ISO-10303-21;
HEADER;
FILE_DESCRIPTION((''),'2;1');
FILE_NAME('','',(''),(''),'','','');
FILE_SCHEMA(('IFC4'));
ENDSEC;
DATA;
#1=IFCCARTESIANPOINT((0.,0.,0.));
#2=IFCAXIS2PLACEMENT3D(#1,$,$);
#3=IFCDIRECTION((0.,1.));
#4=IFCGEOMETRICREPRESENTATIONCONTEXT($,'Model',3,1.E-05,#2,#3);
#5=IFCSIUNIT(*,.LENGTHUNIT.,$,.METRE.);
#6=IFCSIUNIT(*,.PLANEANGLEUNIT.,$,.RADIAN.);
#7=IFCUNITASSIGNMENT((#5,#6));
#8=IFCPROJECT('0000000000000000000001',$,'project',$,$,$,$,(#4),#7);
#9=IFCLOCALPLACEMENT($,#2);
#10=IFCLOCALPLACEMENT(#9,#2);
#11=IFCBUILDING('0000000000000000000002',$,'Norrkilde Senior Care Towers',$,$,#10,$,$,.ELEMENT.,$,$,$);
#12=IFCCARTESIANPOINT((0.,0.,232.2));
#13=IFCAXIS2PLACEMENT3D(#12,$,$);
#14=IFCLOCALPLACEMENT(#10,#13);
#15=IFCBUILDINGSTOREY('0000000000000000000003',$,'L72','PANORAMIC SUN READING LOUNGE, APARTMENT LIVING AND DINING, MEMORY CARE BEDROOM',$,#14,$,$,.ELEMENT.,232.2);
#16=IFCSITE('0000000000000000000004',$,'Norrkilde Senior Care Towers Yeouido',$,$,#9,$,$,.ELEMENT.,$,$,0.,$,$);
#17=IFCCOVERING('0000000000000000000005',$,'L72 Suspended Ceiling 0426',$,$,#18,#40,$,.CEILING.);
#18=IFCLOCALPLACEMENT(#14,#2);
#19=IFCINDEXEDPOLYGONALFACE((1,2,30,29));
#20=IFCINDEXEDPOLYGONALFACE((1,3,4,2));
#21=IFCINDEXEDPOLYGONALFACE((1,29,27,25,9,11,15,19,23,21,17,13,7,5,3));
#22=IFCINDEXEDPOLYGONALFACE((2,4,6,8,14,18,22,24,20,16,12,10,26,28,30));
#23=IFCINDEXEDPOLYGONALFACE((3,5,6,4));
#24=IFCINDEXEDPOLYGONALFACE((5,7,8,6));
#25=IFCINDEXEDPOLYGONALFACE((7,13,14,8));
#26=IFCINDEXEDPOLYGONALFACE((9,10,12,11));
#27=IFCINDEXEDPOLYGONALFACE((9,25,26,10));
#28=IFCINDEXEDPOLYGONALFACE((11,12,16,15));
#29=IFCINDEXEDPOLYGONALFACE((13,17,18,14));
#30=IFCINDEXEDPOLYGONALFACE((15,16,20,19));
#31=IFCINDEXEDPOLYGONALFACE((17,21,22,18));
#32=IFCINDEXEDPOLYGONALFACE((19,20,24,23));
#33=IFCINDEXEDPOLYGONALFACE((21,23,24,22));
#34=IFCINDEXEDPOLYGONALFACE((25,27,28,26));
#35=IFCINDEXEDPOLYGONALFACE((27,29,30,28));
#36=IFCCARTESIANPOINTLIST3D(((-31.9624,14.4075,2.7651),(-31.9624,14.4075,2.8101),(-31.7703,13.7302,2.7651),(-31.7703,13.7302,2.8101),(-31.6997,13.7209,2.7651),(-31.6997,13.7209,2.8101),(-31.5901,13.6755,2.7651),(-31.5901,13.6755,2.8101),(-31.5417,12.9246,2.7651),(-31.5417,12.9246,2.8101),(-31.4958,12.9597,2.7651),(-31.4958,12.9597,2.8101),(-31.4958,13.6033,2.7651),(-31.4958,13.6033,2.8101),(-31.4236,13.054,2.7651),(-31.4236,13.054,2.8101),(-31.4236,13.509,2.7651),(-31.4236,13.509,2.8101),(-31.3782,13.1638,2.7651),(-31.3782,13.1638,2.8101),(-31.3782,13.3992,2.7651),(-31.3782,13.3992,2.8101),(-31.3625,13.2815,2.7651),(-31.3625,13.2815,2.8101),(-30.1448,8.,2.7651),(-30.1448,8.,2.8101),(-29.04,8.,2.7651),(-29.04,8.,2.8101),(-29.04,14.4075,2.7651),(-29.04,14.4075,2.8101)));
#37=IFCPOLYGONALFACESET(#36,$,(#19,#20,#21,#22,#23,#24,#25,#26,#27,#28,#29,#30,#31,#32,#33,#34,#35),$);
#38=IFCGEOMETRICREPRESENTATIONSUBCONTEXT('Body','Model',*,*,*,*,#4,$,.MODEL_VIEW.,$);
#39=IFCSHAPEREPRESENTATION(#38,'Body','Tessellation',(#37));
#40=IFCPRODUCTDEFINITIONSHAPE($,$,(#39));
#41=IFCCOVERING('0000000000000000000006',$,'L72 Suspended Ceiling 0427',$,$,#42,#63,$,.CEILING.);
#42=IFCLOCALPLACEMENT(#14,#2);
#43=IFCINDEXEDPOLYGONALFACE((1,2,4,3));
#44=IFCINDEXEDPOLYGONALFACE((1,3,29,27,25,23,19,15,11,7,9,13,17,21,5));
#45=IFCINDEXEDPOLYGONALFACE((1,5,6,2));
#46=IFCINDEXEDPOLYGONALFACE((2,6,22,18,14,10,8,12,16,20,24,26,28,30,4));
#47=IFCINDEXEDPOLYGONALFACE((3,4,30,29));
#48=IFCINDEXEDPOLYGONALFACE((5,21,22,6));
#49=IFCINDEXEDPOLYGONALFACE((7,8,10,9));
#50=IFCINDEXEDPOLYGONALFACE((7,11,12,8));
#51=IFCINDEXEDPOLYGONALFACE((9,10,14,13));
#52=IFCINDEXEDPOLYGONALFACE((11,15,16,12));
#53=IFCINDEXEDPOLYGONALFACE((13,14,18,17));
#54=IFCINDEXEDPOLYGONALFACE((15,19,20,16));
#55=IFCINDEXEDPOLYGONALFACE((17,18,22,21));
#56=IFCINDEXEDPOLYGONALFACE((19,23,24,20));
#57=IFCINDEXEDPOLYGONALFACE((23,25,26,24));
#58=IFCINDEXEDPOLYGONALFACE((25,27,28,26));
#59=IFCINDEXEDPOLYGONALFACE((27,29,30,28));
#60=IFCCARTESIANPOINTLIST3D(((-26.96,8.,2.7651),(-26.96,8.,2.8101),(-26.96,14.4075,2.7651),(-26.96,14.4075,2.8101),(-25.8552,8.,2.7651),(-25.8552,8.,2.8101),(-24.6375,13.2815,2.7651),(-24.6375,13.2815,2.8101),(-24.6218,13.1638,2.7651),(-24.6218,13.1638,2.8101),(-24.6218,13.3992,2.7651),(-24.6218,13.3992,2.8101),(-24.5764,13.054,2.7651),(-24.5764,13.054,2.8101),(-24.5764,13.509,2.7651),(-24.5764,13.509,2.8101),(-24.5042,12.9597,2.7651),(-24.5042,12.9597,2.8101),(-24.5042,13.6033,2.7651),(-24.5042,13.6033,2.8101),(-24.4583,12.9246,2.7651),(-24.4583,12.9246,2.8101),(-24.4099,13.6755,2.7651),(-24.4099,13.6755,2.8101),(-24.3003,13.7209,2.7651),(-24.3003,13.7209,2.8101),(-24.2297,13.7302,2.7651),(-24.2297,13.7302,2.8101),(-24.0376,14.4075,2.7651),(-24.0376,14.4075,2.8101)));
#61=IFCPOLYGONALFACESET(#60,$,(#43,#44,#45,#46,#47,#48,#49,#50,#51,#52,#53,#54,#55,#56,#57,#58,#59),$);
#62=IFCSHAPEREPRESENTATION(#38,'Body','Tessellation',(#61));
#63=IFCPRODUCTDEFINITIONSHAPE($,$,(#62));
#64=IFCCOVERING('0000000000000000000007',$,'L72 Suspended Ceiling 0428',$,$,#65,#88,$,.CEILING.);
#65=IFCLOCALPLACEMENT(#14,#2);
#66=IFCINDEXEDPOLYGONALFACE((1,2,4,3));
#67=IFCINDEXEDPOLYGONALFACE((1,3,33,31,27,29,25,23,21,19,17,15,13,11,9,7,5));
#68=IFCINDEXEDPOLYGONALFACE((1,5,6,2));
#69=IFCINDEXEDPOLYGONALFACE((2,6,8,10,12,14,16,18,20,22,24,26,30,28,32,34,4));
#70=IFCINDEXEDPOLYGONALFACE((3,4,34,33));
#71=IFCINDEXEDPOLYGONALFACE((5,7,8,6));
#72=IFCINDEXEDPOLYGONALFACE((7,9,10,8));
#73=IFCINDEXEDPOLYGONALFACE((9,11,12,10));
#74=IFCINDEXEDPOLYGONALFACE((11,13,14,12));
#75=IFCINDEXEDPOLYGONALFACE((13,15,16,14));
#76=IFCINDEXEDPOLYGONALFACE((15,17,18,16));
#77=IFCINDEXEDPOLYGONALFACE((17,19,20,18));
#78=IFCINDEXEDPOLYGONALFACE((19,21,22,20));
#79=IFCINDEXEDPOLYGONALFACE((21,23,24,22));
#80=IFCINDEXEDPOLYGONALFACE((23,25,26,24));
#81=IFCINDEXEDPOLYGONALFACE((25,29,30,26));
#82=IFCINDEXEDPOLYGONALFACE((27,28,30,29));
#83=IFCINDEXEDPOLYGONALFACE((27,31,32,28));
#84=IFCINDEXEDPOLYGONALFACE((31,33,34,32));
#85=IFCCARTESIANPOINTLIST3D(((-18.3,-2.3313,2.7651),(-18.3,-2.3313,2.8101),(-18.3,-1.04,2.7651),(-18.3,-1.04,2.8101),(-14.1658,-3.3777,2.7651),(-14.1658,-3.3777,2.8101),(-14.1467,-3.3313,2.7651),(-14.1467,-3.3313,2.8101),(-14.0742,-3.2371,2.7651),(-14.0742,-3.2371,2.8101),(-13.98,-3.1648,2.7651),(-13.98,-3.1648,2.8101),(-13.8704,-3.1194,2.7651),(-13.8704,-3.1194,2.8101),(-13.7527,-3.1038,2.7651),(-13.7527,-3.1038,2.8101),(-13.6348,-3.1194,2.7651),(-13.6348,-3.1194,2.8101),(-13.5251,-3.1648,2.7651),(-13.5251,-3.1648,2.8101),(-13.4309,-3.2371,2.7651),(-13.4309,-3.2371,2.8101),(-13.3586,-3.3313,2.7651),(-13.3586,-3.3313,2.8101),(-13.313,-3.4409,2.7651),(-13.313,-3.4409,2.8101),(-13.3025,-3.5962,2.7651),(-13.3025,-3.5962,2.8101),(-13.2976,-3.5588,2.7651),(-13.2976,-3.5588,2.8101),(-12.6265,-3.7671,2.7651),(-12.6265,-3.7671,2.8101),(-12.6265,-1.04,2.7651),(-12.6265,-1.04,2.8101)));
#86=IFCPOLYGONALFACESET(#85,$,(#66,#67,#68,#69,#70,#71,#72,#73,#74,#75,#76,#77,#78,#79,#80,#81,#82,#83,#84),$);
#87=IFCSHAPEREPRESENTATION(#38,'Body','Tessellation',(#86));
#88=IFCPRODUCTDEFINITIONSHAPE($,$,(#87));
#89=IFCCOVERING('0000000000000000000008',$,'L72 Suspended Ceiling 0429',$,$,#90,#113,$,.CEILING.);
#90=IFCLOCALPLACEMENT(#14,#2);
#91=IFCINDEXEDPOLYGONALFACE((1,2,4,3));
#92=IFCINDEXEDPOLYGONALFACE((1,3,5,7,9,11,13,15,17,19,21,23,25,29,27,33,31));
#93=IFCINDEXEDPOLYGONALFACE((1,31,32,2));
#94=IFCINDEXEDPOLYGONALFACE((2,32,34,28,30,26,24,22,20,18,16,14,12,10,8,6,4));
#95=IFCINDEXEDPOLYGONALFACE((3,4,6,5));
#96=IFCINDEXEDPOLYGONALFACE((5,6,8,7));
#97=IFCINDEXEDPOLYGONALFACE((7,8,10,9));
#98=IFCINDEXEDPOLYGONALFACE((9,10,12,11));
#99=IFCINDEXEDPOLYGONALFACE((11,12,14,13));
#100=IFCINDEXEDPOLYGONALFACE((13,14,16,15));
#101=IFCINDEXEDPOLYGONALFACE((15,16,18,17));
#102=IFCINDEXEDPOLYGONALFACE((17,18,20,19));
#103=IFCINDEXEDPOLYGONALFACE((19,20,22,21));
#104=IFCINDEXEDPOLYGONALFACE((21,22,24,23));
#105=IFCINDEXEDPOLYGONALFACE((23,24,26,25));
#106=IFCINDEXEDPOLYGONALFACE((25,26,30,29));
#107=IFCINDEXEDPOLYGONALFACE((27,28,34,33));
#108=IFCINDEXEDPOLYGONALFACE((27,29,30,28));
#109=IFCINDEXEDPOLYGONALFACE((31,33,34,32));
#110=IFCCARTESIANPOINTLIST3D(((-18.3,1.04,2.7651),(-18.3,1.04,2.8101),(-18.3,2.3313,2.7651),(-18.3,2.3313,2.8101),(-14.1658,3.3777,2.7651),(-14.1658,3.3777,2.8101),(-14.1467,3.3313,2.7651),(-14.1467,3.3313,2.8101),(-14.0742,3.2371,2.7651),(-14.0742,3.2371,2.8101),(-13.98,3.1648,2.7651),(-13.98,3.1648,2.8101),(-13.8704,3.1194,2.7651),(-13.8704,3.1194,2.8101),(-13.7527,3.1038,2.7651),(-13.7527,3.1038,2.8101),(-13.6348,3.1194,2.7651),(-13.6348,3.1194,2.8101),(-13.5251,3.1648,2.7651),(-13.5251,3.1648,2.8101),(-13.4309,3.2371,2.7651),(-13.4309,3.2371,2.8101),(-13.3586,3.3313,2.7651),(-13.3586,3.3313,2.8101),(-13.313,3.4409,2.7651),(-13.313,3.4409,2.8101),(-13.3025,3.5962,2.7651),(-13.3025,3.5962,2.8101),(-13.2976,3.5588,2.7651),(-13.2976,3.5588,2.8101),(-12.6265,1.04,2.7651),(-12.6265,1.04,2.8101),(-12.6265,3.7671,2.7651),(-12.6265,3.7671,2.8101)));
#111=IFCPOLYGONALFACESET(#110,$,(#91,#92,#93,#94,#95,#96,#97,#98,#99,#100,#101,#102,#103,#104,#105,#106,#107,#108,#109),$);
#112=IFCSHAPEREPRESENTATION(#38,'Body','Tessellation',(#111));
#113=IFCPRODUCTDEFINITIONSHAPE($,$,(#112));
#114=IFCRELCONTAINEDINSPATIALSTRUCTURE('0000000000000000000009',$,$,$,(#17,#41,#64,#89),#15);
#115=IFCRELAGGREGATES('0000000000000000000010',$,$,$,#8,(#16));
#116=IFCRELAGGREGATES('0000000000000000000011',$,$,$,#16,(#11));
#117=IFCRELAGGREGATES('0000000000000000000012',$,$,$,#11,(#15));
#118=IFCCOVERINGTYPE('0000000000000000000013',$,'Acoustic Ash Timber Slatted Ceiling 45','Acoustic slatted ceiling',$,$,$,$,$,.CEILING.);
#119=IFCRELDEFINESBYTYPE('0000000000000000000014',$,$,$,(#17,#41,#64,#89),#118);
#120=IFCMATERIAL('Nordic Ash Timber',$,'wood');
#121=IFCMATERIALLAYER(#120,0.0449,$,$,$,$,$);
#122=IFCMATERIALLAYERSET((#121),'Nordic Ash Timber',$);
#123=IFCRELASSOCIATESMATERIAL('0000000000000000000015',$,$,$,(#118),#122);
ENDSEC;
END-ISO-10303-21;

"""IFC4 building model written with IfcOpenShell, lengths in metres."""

from ifc_helpers import new_model, si_unit, direction, frame, origin, place, context, subcontext, project, spatial, polyline, outline, extrude, material, layer, layer_set, type_object, element, save


model = new_model("IFC4")

# Units and contexts
model_context = context("Model", 3, precision=1e-05, world=origin(), true_north=direction((0.0, 1.0)))
body_context = subcontext(model_context, "Body", "Model", "MODEL_VIEW")
ifc_project = project(units=[si_unit("LENGTHUNIT", "METRE"), si_unit("PLANEANGLEUNIT", "RADIAN")], contexts=[model_context])

# Site, building, storey
site_placement = place(None, origin())
site = spatial("IfcSite", under=ifc_project, at=site_placement, Name="Norrkilde Senior Care Towers Yeouido", CompositionType="ELEMENT", RefElevation=0.0)
building_placement = place(site_placement, origin())
building = spatial("IfcBuilding", under=site, at=building_placement, Name="Norrkilde Senior Care Towers", CompositionType="ELEMENT")
storey_placement = place(building_placement, frame((0.0, 0.0, 232.2)))
storey = spatial("IfcBuildingStorey", under=building, at=storey_placement, Name="L72", Description="PANORAMIC SUN READING LOUNGE, APARTMENT LIVING AND DINING, MEMORY CARE BEDROOM", CompositionType="ELEMENT", Elevation=232.2)

# Coverings
ifc_material_1 = material(Name="Nordic Ash Timber", Category="wood")
ifc_layer_1 = layer(ifc_material_1, 0.0449)
ifc_layer_set_1 = layer_set([ifc_layer_1], Name="Nordic Ash Timber")
covering_type_1 = type_object("IfcCoveringType", Name="Acoustic Ash Timber Slatted Ceiling 45", Description="Acoustic slatted ceiling", PredefinedType="CEILING", material=ifc_layer_set_1)
covering_1_placement = place(storey_placement, frame((0.0, 0.0, 2.7651)))
element("IfcCovering", 1, at=covering_1_placement, inside=storey, type_object=covering_type_1, Name="L72 Suspended Ceiling 0426", PredefinedType="CEILING", context=body_context, shape_type="SweptSolid", body=[
    extrude(outline(polyline([(-29.04, 14.4075), (-29.04, 8.0), (-30.1448, 8.0), (-31.5417, 12.9246), (-31.4958, 12.9597), (-31.4236, 13.054), (-31.3782, 13.1638), (-31.3625, 13.2815), (-31.3782, 13.3992), (-31.4236, 13.509), (-31.4958, 13.6033), (-31.5901, 13.6755), (-31.6997, 13.7209), (-31.7703, 13.7302), (-31.9624, 14.4075), (-29.04, 14.4075)])), origin(), (0.0, 0.0, 1.0), 0.0449),
])
covering_2_placement = place(storey_placement, frame((0.0, 0.0, 2.7651)))
element("IfcCovering", 2, at=covering_2_placement, inside=storey, type_object=covering_type_1, Name="L72 Suspended Ceiling 0427", PredefinedType="CEILING", context=body_context, shape_type="SweptSolid", body=[
    extrude(outline(polyline([(-24.0376, 14.4075), (-24.2297, 13.7302), (-24.3003, 13.7209), (-24.4099, 13.6755), (-24.5042, 13.6033), (-24.5764, 13.509), (-24.6218, 13.3992), (-24.6375, 13.2815), (-24.6218, 13.1638), (-24.5764, 13.054), (-24.5042, 12.9597), (-24.4583, 12.9246), (-25.8552, 8.0), (-26.96, 8.0), (-26.96, 14.4075), (-24.0376, 14.4075)])), origin(), (0.0, 0.0, 1.0), 0.0449),
])
covering_3_placement = place(storey_placement, frame((0.0, 0.0, 2.7651)))
element("IfcCovering", 3, at=covering_3_placement, inside=storey, type_object=covering_type_1, Name="L72 Suspended Ceiling 0428", PredefinedType="CEILING", context=body_context, shape_type="SweptSolid", body=[
    extrude(outline(polyline([(-12.6265, -3.7671), (-13.3025, -3.5962), (-13.2976, -3.5588), (-13.313, -3.4409), (-13.3586, -3.3313), (-13.4309, -3.2371), (-13.5251, -3.1648), (-13.6348, -3.1194), (-13.7527, -3.1038), (-13.8704, -3.1194), (-13.98, -3.1648), (-14.0742, -3.2371), (-14.1467, -3.3313), (-14.1658, -3.3777), (-18.3, -2.3313), (-18.3, -1.04), (-12.6265, -1.04), (-12.6265, -3.7671)])), origin(), (0.0, 0.0, 1.0), 0.0449),
])
covering_4_placement = place(storey_placement, frame((0.0, 0.0, 2.7651)))
element("IfcCovering", 4, at=covering_4_placement, inside=storey, type_object=covering_type_1, Name="L72 Suspended Ceiling 0429", PredefinedType="CEILING", context=body_context, shape_type="SweptSolid", body=[
    extrude(outline(polyline([(-12.6265, 1.04), (-18.3, 1.04), (-18.3, 2.3313), (-14.1658, 3.3777), (-14.1467, 3.3313), (-14.0742, 3.2371), (-13.98, 3.1648), (-13.8704, 3.1194), (-13.7527, 3.1038), (-13.6348, 3.1194), (-13.5251, 3.1648), (-13.4309, 3.2371), (-13.3586, 3.3313), (-13.313, 3.4409), (-13.2976, 3.5588), (-13.3025, 3.5962), (-12.6265, 3.7671), (-12.6265, 1.04)])), origin(), (0.0, 0.0, 1.0), 0.0449),
])

save(model, "model.ifc")
